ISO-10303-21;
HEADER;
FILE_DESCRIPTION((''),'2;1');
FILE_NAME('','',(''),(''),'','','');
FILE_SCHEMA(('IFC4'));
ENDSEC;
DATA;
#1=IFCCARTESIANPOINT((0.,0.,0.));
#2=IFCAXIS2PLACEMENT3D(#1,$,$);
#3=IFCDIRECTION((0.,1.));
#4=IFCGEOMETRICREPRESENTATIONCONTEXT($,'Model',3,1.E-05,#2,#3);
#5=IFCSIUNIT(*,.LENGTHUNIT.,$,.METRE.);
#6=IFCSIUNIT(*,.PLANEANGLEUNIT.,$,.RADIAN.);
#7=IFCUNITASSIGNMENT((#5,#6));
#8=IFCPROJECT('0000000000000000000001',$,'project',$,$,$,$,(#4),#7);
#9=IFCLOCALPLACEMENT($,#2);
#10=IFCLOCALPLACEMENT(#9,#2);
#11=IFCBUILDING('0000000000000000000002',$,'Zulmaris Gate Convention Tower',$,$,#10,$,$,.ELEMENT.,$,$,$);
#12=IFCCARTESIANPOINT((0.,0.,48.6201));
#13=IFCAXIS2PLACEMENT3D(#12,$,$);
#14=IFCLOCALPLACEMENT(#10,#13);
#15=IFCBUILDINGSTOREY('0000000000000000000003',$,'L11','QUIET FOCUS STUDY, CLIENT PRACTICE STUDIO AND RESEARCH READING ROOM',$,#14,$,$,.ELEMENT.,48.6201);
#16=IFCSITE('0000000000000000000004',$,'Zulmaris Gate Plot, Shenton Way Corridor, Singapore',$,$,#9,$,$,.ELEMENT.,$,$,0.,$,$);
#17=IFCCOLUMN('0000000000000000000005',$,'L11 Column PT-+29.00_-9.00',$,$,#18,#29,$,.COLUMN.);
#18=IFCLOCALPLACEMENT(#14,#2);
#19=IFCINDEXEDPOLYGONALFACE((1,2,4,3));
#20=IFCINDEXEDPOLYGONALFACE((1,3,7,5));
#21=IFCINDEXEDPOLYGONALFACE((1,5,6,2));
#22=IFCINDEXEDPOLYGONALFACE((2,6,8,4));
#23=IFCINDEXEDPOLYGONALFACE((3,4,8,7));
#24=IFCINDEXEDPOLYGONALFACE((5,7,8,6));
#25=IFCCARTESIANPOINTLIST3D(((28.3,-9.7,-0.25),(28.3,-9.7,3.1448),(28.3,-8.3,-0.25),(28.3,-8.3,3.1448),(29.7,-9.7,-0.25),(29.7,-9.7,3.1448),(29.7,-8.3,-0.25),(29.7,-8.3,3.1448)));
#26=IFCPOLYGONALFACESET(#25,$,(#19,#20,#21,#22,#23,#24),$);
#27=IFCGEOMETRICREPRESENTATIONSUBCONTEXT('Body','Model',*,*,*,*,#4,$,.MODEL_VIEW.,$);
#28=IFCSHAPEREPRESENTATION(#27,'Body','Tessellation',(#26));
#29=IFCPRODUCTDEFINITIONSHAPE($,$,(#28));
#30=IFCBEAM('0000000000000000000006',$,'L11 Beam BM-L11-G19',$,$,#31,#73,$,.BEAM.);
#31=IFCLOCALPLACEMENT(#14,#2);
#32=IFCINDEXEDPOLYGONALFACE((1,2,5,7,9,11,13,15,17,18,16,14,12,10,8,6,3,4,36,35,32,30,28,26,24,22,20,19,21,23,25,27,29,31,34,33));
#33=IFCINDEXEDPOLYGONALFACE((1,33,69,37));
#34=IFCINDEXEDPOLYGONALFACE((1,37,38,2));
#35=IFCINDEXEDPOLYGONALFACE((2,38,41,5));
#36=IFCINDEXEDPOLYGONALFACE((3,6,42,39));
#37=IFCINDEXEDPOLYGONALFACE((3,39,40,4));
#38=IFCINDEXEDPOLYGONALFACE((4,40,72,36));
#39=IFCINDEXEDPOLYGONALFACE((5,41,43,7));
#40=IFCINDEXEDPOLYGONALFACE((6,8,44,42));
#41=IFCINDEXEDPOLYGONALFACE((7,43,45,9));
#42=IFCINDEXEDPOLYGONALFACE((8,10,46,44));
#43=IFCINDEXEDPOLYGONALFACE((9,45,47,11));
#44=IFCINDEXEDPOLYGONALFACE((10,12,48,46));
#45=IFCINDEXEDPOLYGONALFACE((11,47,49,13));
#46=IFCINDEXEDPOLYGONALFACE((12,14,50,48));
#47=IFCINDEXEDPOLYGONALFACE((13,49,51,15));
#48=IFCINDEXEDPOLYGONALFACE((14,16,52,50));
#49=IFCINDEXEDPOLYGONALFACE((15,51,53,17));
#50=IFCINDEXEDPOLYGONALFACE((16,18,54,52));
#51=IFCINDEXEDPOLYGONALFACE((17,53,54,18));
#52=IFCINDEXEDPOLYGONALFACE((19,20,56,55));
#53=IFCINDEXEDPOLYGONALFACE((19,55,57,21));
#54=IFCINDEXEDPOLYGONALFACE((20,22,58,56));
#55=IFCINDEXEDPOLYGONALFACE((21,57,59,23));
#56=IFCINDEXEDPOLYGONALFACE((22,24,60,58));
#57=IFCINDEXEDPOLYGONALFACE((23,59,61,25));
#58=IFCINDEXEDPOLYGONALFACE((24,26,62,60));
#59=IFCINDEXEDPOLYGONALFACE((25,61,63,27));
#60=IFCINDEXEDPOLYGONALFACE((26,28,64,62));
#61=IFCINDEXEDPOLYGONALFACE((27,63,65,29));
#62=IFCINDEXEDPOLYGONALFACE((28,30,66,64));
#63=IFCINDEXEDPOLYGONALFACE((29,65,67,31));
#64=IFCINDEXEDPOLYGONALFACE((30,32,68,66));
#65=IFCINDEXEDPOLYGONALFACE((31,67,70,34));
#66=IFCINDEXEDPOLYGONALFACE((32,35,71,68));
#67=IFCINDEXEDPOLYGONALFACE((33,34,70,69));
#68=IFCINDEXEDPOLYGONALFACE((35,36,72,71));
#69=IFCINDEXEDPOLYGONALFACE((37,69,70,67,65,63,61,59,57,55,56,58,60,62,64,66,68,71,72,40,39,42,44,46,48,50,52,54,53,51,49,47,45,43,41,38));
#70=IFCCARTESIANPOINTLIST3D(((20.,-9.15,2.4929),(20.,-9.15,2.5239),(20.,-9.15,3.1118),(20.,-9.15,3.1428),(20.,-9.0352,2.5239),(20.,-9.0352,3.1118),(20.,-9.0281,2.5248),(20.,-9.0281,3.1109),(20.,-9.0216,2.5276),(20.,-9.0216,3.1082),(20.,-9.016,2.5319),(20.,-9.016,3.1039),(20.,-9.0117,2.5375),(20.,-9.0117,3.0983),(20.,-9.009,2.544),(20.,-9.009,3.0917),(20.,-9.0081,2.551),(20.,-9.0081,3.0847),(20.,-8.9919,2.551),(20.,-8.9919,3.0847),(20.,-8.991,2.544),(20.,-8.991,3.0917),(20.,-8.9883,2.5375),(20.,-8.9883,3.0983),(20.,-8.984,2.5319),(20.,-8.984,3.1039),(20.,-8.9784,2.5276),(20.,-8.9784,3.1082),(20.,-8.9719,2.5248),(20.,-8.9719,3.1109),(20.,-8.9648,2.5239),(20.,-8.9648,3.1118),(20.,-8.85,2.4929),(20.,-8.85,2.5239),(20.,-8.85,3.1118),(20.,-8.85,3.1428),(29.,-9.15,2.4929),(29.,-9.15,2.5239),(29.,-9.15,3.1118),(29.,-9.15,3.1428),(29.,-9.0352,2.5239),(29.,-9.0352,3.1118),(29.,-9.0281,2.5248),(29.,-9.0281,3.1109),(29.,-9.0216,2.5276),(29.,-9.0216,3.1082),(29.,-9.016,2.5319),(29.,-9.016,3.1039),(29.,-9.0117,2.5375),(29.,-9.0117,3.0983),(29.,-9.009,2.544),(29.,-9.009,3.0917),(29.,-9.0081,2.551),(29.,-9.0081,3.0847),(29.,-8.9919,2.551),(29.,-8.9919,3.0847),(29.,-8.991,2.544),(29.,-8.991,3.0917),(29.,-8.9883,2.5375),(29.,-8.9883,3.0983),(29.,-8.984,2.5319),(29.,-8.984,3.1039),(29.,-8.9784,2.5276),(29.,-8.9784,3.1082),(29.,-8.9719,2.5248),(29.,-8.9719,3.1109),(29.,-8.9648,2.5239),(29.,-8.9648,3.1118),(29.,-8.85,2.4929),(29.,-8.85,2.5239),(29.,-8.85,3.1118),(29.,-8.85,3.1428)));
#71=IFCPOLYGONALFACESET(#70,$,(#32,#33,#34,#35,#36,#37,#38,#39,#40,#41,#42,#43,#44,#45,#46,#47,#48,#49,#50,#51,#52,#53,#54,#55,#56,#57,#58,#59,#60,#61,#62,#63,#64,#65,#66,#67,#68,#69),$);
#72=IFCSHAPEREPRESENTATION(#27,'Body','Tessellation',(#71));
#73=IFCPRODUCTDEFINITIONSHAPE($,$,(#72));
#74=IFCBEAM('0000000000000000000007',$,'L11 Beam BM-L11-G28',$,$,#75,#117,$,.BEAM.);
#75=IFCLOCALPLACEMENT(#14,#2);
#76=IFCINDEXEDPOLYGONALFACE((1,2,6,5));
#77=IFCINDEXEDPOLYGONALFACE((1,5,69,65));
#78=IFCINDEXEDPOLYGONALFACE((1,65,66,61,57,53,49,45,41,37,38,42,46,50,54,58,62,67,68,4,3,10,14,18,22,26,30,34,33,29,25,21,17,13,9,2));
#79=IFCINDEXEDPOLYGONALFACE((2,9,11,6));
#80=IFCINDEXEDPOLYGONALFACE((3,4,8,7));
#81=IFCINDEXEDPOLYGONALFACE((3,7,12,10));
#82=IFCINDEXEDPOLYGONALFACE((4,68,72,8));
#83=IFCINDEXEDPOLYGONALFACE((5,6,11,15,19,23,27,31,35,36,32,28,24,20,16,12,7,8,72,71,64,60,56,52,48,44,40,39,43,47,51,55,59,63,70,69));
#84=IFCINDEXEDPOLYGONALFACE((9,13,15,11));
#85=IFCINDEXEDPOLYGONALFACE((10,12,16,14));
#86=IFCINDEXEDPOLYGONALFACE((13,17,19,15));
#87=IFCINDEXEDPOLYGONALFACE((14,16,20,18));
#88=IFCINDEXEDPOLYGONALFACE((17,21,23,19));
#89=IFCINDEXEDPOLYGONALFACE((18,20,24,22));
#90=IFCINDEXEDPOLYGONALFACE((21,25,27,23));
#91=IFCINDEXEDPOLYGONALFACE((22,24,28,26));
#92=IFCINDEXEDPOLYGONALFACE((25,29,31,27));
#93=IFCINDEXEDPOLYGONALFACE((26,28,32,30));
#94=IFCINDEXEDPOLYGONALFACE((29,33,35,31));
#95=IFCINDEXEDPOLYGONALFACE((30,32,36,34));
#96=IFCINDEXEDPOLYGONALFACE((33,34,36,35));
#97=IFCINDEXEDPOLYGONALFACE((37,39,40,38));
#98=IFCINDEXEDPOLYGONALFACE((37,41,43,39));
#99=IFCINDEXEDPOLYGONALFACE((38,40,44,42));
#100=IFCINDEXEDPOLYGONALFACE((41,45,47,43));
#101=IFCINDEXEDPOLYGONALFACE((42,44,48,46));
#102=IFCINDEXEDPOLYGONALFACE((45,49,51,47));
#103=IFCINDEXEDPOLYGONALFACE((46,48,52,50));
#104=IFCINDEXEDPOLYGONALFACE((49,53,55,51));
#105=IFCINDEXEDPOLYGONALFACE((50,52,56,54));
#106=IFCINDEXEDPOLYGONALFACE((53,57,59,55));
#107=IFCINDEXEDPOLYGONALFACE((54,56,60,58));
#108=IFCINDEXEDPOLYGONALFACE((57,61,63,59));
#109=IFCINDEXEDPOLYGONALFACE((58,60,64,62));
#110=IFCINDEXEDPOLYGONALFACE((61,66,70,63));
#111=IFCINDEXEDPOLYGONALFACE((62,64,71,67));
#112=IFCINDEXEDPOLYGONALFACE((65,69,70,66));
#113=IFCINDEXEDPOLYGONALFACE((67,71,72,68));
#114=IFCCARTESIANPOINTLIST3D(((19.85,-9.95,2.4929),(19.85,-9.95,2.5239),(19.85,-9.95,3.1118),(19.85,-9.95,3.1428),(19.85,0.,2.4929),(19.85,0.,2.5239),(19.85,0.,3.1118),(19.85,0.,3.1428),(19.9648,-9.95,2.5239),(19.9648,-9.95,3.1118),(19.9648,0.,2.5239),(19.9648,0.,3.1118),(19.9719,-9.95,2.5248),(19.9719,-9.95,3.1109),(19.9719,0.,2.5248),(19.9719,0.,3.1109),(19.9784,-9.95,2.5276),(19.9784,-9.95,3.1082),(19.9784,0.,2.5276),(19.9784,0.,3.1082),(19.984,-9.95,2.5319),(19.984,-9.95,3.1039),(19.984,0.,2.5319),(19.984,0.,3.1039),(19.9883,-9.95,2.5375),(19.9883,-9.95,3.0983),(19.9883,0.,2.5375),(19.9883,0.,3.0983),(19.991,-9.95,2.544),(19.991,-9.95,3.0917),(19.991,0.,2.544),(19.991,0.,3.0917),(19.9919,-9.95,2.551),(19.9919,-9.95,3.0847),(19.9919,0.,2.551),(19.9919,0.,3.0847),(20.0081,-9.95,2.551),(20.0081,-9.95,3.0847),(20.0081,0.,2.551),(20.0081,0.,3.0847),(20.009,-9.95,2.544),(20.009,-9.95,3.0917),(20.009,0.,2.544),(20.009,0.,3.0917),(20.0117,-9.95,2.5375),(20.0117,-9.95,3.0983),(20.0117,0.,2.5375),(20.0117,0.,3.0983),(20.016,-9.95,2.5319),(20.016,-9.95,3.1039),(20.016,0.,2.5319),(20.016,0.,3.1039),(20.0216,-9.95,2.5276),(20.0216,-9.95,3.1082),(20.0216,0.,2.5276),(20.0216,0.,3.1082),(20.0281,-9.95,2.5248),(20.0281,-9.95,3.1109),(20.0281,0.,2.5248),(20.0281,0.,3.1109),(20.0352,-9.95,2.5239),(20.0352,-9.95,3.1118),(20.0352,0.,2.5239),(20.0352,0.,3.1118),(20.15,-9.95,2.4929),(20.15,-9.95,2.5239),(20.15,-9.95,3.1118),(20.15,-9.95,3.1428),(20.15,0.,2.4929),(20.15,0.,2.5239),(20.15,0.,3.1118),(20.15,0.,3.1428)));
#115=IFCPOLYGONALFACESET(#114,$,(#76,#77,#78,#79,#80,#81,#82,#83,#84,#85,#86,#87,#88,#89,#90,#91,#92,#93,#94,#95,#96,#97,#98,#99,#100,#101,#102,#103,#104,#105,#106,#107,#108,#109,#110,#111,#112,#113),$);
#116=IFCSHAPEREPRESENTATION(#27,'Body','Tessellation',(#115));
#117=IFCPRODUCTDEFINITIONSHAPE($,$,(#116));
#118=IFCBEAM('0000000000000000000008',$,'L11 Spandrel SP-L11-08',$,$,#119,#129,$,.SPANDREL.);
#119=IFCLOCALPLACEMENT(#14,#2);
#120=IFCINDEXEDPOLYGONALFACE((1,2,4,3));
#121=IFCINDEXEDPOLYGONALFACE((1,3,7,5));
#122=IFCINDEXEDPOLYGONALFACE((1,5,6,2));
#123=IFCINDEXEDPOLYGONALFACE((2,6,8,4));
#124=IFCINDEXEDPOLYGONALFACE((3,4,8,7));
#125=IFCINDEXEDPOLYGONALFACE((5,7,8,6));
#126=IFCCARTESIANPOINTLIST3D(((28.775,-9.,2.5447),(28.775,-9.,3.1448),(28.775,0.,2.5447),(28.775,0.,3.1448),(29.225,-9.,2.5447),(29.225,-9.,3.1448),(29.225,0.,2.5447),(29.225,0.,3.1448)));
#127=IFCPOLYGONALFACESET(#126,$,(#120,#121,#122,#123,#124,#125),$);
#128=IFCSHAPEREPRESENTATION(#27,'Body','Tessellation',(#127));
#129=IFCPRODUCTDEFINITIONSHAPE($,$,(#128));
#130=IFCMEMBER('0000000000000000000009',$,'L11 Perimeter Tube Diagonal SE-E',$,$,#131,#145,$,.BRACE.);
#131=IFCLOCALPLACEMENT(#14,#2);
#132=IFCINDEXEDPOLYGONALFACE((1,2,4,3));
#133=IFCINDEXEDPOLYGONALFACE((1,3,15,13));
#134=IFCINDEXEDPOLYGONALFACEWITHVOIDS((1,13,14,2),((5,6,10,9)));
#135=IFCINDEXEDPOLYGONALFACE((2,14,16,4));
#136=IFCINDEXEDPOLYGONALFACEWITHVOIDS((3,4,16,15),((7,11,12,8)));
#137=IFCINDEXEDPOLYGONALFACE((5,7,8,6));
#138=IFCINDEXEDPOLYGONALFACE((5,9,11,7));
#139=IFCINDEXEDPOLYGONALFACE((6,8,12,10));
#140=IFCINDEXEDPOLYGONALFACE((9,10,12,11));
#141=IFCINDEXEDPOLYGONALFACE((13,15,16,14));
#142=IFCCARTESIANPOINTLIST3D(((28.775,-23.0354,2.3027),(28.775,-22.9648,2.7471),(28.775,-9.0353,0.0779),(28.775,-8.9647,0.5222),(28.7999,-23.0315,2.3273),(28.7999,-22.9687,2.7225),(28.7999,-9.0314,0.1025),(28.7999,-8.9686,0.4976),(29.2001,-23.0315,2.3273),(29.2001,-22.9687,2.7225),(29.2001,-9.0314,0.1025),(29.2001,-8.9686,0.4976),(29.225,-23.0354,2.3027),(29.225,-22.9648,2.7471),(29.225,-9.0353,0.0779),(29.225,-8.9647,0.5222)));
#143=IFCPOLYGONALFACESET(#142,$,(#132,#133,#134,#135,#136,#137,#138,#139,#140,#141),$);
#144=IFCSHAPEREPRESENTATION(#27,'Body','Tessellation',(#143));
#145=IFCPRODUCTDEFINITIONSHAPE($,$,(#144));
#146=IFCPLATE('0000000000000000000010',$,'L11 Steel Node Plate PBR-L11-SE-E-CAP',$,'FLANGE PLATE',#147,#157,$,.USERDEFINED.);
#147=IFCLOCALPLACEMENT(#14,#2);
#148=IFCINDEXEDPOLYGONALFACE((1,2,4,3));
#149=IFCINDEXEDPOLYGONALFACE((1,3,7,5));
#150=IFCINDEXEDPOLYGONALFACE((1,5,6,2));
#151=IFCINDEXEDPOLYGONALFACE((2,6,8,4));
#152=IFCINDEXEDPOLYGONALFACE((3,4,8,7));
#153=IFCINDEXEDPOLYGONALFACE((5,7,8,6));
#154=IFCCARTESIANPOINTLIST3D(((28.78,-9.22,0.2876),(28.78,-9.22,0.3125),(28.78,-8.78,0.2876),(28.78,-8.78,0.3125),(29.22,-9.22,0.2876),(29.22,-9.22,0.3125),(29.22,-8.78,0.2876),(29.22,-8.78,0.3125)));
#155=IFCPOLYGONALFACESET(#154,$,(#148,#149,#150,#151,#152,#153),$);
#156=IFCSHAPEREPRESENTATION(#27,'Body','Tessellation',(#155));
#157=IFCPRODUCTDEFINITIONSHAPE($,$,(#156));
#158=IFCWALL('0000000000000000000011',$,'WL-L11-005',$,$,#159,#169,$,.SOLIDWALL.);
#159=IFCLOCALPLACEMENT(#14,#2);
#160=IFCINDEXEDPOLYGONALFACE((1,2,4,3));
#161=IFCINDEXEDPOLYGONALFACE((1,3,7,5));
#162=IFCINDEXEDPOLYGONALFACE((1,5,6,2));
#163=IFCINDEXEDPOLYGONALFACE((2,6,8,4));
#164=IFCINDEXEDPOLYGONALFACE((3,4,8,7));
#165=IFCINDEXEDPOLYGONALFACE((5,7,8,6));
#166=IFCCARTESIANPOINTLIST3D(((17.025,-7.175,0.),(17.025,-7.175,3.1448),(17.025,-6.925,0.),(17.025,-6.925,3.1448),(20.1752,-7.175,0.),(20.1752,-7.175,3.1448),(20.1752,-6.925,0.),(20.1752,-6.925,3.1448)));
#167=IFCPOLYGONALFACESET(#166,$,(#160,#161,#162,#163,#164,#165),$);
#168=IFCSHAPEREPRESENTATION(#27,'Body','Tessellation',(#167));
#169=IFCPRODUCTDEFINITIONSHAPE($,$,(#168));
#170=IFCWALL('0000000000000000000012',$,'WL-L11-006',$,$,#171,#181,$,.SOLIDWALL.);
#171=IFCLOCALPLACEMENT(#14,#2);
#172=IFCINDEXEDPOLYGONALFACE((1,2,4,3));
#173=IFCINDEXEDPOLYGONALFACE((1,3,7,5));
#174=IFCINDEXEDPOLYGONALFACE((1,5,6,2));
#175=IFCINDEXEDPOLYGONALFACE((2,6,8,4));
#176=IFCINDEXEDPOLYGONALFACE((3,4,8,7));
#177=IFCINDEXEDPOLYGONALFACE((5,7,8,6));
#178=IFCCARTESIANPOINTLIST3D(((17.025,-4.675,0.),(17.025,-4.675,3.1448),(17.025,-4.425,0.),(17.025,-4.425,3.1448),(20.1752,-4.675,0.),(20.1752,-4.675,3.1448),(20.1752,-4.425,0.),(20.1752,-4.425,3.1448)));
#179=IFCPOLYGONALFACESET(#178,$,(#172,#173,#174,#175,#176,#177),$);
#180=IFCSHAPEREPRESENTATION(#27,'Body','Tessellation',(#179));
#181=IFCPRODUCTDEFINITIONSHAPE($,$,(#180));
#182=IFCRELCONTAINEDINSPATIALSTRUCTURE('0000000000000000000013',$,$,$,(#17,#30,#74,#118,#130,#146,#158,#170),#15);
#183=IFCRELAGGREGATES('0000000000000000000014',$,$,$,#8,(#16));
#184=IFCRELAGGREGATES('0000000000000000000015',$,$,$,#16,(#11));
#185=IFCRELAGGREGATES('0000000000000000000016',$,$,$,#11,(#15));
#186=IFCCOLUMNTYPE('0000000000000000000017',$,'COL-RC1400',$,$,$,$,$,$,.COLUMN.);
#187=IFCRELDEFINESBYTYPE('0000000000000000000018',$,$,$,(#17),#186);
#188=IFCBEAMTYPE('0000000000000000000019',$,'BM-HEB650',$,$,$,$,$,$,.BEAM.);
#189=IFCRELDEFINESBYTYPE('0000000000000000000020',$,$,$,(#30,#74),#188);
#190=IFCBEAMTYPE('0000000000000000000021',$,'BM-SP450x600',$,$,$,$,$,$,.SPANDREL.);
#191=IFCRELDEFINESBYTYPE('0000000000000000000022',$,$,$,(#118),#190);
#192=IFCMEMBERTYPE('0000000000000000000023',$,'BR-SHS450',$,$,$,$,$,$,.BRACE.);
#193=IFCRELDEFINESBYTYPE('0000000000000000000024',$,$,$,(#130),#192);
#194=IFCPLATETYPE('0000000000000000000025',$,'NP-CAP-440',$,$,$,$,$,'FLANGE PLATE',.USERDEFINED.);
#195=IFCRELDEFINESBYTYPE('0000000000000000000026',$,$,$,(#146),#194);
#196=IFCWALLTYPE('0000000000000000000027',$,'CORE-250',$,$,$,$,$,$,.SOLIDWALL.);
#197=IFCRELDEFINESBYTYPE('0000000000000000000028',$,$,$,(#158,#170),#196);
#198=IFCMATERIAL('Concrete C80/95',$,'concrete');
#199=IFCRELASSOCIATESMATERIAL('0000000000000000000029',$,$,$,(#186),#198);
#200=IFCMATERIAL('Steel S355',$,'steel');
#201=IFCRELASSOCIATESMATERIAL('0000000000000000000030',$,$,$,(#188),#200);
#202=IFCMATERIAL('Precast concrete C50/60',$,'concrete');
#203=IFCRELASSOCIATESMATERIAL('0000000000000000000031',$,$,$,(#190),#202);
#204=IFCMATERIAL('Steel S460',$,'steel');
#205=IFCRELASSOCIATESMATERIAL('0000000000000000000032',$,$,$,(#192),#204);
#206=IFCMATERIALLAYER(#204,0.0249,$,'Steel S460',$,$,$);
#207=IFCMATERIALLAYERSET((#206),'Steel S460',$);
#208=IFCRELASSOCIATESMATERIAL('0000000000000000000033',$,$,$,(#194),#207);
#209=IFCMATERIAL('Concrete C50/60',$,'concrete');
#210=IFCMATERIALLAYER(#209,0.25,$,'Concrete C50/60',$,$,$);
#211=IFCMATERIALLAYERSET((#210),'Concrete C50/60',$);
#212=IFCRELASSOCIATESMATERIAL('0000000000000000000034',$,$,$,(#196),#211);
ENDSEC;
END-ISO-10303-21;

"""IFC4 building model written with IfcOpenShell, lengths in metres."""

from ifc_helpers import new_model, si_unit, direction, frame, frame_2d, origin, origin_2d, place, context, subcontext, project, spatial, rectangle, hollow_rectangle, i_section, extrude, material, layer, layer_set, material_profile, profile_set, type_object, element, save


model = new_model("IFC4")

# Units and contexts
model_context = context("Model", 3, precision=1e-05, world=origin(), true_north=direction((0.0, 1.0)))
body_context = subcontext(model_context, "Body", "Model", "MODEL_VIEW")
ifc_project = project(units=[si_unit("LENGTHUNIT", "METRE"), si_unit("PLANEANGLEUNIT", "RADIAN")], contexts=[model_context])

# Site, building, storey
site_placement = place(None, origin())
site = spatial("IfcSite", under=ifc_project, at=site_placement, Name="Zulmaris Gate Plot, Shenton Way Corridor, Singapore", CompositionType="ELEMENT", RefElevation=0.0)
building_placement = place(site_placement, origin())
building = spatial("IfcBuilding", under=site, at=building_placement, Name="Zulmaris Gate Convention Tower", CompositionType="ELEMENT")
storey_placement = place(building_placement, frame((0.0, 0.0, 48.6201)))
storey = spatial("IfcBuildingStorey", under=building, at=storey_placement, Name="L11", Description="QUIET FOCUS STUDY, CLIENT PRACTICE STUDIO AND RESEARCH READING ROOM", CompositionType="ELEMENT", Elevation=48.6201)

# Column
ifc_material_1 = material(Name="Concrete C80/95", Category="concrete")
ifc_material_profile_1 = material_profile(ifc_material_1, rectangle(XDim=1.3999, YDim=1.3999, at=origin_2d()), Name="RC COL 1400x1400")
ifc_profile_set_1 = profile_set([ifc_material_profile_1], Name="Concrete C80/95")
column_type = type_object("IfcColumnType", Name="COL-RC1400", PredefinedType="COLUMN", material=ifc_profile_set_1)
column_placement = place(storey_placement, frame((29.0, -9.0, -0.25), z_axis=(0.0, 0.0, 1.0), x_axis=(1.0, 0.0, 0.0)))
element("IfcColumn", 1, at=column_placement, inside=storey, type_object=column_type, Name="L11 Column PT-+29.00_-9.00", PredefinedType="COLUMN", context=body_context, shape_type="SweptSolid", body=[
    extrude(rectangle(XDim=1.3999, YDim=1.3999, at=origin_2d()), origin(), (0.0, 0.0, 1.0), 3.3948),
])

# Beams
ifc_material_2 = material(Name="Steel S355", Category="steel")
ifc_material_profile_2 = material_profile(ifc_material_2, i_section(OverallWidth=0.3, OverallDepth=0.6499, WebThickness=0.0161, FlangeThickness=0.031, FilletRadius=0.0271, at=origin_2d()), Name="HEB 650")
ifc_profile_set_2 = profile_set([ifc_material_profile_2], Name="Steel S355")
beam_type_1 = type_object("IfcBeamType", Name="BM-HEB650", PredefinedType="BEAM", material=ifc_profile_set_2)
beam_1_placement = place(storey_placement, frame((20.0, -9.0, 2.8179), z_axis=(1.0, 0.0, 0.0), x_axis=(0.0, 1.0, 0.0)))
element("IfcBeam", 2, at=beam_1_placement, inside=storey, type_object=beam_type_1, Name="L11 Beam BM-L11-G19", PredefinedType="BEAM", context=body_context, shape_type="SweptSolid", body=[
    extrude(i_section(OverallWidth=0.3, OverallDepth=0.6499, WebThickness=0.0161, FlangeThickness=0.031, FilletRadius=0.0271, at=origin_2d()), origin(), (0.0, 0.0, 1.0), 9.0),
])
beam_2_placement = place(storey_placement, frame((20.0, -9.95, 2.8179), z_axis=(0.0, 1.0, 0.0), x_axis=(-1.0, 0.0, 0.0)))
element("IfcBeam", 3, at=beam_2_placement, inside=storey, type_object=beam_type_1, Name="L11 Beam BM-L11-G28", PredefinedType="BEAM", context=body_context, shape_type="SweptSolid", body=[
    extrude(i_section(OverallWidth=0.3, OverallDepth=0.6499, WebThickness=0.0161, FlangeThickness=0.031, FilletRadius=0.0271, at=origin_2d()), origin(), (0.0, 0.0, 1.0), 9.95),
])
ifc_material_3 = material(Name="Precast concrete C50/60", Category="concrete")
ifc_material_profile_3 = material_profile(ifc_material_3, rectangle(XDim=0.45, YDim=0.6001, at=origin_2d()), Name="RC SPANDREL 450x600")
ifc_profile_set_3 = profile_set([ifc_material_profile_3], Name="Precast concrete C50/60")
beam_type_2 = type_object("IfcBeamType", Name="BM-SP450x600", PredefinedType="SPANDREL", material=ifc_profile_set_3)
beam_3_placement = place(storey_placement, frame((29.0, -9.0, 2.8447), z_axis=(0.0, 1.0, 0.0), x_axis=(-1.0, 0.0, 0.0)))
element("IfcBeam", 4, at=beam_3_placement, inside=storey, type_object=beam_type_2, Name="L11 Spandrel SP-L11-08", PredefinedType="SPANDREL", context=body_context, shape_type="SweptSolid", body=[
    extrude(rectangle(XDim=0.45, YDim=0.6001, at=origin_2d()), origin(), (0.0, 0.0, 1.0), 9.0),
])

# Member
ifc_material_4 = material(Name="Steel S460", Category="steel")
ifc_material_profile_4 = material_profile(ifc_material_4, hollow_rectangle(XDim=0.45, YDim=0.45, WallThickness=0.0249, at=origin_2d()), Name="SHS 450x450x25")
ifc_profile_set_4 = profile_set([ifc_material_profile_4], Name="Steel S460")
member_type = type_object("IfcMemberType", Name="BR-SHS450", PredefinedType="BRACE", material=ifc_profile_set_4)
member_placement = place(storey_placement, frame((29.0, -9.0, 0.3), z_axis=(0.0, -0.987607, 0.156949), x_axis=(1.0, 0.0, 0.0)))
element("IfcMember", 5, at=member_placement, inside=storey, type_object=member_type, Name="L11 Perimeter Tube Diagonal SE-E", PredefinedType="BRACE", context=body_context, shape_type="SweptSolid", body=[
    extrude(hollow_rectangle(XDim=0.45, YDim=0.45, WallThickness=0.0249, at=origin_2d()), origin(), (0.0, 0.0, 1.0), 14.1758),
])

# Plate
ifc_layer_1 = layer(ifc_material_4, 0.0249, Name="Steel S460")
ifc_layer_set_1 = layer_set([ifc_layer_1], Name="Steel S460")
plate_type = type_object("IfcPlateType", Name="NP-CAP-440", ElementType="FLANGE PLATE", PredefinedType="USERDEFINED", material=ifc_layer_set_1)
plate_placement = place(storey_placement, frame((29.0, -9.0, 0.2876), z_axis=(0.0, 0.0, 1.0), x_axis=(1.0, 0.0, 0.0)))
element("IfcPlate", 6, at=plate_placement, inside=storey, type_object=plate_type, Name="L11 Steel Node Plate PBR-L11-SE-E-CAP", ObjectType="FLANGE PLATE", PredefinedType="USERDEFINED", context=body_context, shape_type="SweptSolid", body=[
    extrude(rectangle(XDim=0.4399, YDim=0.4399, at=origin_2d()), origin(), (0.0, 0.0, 1.0), 0.0249),
])

# Walls
ifc_material_5 = material(Name="Concrete C50/60", Category="concrete")
ifc_layer_2 = layer(ifc_material_5, 0.25, Name="Concrete C50/60")
ifc_layer_set_2 = layer_set([ifc_layer_2], Name="Concrete C50/60")
wall_type_1 = type_object("IfcWallType", Name="CORE-250", PredefinedType="SOLIDWALL", material=ifc_layer_set_2)
for number, where, z_axis, x_axis, name in (
    (7, (17.0249, -7.05, 0.0), (0.0, 0.0, 1.0), (1.0, 0.0, 0.0), "WL-L11-005"),
    (8, (17.0249, -4.55, 0.0), (0.0, 0.0, 1.0), (1.0, 0.0, 0.0), "WL-L11-006"),
):
    element("IfcWall", number, at=place(storey_placement, frame(where, z_axis=z_axis, x_axis=x_axis)), inside=storey, type_object=wall_type_1, Name=name, PredefinedType="SOLIDWALL", context=body_context, shape_type="SweptSolid", body=[
        extrude(rectangle(XDim=3.1501, YDim=0.25, at=frame_2d((1.5752, 0.0))), origin(), (0.0, 0.0, 1.0), 3.1448),
    ])

save(model, "model.ifc")
